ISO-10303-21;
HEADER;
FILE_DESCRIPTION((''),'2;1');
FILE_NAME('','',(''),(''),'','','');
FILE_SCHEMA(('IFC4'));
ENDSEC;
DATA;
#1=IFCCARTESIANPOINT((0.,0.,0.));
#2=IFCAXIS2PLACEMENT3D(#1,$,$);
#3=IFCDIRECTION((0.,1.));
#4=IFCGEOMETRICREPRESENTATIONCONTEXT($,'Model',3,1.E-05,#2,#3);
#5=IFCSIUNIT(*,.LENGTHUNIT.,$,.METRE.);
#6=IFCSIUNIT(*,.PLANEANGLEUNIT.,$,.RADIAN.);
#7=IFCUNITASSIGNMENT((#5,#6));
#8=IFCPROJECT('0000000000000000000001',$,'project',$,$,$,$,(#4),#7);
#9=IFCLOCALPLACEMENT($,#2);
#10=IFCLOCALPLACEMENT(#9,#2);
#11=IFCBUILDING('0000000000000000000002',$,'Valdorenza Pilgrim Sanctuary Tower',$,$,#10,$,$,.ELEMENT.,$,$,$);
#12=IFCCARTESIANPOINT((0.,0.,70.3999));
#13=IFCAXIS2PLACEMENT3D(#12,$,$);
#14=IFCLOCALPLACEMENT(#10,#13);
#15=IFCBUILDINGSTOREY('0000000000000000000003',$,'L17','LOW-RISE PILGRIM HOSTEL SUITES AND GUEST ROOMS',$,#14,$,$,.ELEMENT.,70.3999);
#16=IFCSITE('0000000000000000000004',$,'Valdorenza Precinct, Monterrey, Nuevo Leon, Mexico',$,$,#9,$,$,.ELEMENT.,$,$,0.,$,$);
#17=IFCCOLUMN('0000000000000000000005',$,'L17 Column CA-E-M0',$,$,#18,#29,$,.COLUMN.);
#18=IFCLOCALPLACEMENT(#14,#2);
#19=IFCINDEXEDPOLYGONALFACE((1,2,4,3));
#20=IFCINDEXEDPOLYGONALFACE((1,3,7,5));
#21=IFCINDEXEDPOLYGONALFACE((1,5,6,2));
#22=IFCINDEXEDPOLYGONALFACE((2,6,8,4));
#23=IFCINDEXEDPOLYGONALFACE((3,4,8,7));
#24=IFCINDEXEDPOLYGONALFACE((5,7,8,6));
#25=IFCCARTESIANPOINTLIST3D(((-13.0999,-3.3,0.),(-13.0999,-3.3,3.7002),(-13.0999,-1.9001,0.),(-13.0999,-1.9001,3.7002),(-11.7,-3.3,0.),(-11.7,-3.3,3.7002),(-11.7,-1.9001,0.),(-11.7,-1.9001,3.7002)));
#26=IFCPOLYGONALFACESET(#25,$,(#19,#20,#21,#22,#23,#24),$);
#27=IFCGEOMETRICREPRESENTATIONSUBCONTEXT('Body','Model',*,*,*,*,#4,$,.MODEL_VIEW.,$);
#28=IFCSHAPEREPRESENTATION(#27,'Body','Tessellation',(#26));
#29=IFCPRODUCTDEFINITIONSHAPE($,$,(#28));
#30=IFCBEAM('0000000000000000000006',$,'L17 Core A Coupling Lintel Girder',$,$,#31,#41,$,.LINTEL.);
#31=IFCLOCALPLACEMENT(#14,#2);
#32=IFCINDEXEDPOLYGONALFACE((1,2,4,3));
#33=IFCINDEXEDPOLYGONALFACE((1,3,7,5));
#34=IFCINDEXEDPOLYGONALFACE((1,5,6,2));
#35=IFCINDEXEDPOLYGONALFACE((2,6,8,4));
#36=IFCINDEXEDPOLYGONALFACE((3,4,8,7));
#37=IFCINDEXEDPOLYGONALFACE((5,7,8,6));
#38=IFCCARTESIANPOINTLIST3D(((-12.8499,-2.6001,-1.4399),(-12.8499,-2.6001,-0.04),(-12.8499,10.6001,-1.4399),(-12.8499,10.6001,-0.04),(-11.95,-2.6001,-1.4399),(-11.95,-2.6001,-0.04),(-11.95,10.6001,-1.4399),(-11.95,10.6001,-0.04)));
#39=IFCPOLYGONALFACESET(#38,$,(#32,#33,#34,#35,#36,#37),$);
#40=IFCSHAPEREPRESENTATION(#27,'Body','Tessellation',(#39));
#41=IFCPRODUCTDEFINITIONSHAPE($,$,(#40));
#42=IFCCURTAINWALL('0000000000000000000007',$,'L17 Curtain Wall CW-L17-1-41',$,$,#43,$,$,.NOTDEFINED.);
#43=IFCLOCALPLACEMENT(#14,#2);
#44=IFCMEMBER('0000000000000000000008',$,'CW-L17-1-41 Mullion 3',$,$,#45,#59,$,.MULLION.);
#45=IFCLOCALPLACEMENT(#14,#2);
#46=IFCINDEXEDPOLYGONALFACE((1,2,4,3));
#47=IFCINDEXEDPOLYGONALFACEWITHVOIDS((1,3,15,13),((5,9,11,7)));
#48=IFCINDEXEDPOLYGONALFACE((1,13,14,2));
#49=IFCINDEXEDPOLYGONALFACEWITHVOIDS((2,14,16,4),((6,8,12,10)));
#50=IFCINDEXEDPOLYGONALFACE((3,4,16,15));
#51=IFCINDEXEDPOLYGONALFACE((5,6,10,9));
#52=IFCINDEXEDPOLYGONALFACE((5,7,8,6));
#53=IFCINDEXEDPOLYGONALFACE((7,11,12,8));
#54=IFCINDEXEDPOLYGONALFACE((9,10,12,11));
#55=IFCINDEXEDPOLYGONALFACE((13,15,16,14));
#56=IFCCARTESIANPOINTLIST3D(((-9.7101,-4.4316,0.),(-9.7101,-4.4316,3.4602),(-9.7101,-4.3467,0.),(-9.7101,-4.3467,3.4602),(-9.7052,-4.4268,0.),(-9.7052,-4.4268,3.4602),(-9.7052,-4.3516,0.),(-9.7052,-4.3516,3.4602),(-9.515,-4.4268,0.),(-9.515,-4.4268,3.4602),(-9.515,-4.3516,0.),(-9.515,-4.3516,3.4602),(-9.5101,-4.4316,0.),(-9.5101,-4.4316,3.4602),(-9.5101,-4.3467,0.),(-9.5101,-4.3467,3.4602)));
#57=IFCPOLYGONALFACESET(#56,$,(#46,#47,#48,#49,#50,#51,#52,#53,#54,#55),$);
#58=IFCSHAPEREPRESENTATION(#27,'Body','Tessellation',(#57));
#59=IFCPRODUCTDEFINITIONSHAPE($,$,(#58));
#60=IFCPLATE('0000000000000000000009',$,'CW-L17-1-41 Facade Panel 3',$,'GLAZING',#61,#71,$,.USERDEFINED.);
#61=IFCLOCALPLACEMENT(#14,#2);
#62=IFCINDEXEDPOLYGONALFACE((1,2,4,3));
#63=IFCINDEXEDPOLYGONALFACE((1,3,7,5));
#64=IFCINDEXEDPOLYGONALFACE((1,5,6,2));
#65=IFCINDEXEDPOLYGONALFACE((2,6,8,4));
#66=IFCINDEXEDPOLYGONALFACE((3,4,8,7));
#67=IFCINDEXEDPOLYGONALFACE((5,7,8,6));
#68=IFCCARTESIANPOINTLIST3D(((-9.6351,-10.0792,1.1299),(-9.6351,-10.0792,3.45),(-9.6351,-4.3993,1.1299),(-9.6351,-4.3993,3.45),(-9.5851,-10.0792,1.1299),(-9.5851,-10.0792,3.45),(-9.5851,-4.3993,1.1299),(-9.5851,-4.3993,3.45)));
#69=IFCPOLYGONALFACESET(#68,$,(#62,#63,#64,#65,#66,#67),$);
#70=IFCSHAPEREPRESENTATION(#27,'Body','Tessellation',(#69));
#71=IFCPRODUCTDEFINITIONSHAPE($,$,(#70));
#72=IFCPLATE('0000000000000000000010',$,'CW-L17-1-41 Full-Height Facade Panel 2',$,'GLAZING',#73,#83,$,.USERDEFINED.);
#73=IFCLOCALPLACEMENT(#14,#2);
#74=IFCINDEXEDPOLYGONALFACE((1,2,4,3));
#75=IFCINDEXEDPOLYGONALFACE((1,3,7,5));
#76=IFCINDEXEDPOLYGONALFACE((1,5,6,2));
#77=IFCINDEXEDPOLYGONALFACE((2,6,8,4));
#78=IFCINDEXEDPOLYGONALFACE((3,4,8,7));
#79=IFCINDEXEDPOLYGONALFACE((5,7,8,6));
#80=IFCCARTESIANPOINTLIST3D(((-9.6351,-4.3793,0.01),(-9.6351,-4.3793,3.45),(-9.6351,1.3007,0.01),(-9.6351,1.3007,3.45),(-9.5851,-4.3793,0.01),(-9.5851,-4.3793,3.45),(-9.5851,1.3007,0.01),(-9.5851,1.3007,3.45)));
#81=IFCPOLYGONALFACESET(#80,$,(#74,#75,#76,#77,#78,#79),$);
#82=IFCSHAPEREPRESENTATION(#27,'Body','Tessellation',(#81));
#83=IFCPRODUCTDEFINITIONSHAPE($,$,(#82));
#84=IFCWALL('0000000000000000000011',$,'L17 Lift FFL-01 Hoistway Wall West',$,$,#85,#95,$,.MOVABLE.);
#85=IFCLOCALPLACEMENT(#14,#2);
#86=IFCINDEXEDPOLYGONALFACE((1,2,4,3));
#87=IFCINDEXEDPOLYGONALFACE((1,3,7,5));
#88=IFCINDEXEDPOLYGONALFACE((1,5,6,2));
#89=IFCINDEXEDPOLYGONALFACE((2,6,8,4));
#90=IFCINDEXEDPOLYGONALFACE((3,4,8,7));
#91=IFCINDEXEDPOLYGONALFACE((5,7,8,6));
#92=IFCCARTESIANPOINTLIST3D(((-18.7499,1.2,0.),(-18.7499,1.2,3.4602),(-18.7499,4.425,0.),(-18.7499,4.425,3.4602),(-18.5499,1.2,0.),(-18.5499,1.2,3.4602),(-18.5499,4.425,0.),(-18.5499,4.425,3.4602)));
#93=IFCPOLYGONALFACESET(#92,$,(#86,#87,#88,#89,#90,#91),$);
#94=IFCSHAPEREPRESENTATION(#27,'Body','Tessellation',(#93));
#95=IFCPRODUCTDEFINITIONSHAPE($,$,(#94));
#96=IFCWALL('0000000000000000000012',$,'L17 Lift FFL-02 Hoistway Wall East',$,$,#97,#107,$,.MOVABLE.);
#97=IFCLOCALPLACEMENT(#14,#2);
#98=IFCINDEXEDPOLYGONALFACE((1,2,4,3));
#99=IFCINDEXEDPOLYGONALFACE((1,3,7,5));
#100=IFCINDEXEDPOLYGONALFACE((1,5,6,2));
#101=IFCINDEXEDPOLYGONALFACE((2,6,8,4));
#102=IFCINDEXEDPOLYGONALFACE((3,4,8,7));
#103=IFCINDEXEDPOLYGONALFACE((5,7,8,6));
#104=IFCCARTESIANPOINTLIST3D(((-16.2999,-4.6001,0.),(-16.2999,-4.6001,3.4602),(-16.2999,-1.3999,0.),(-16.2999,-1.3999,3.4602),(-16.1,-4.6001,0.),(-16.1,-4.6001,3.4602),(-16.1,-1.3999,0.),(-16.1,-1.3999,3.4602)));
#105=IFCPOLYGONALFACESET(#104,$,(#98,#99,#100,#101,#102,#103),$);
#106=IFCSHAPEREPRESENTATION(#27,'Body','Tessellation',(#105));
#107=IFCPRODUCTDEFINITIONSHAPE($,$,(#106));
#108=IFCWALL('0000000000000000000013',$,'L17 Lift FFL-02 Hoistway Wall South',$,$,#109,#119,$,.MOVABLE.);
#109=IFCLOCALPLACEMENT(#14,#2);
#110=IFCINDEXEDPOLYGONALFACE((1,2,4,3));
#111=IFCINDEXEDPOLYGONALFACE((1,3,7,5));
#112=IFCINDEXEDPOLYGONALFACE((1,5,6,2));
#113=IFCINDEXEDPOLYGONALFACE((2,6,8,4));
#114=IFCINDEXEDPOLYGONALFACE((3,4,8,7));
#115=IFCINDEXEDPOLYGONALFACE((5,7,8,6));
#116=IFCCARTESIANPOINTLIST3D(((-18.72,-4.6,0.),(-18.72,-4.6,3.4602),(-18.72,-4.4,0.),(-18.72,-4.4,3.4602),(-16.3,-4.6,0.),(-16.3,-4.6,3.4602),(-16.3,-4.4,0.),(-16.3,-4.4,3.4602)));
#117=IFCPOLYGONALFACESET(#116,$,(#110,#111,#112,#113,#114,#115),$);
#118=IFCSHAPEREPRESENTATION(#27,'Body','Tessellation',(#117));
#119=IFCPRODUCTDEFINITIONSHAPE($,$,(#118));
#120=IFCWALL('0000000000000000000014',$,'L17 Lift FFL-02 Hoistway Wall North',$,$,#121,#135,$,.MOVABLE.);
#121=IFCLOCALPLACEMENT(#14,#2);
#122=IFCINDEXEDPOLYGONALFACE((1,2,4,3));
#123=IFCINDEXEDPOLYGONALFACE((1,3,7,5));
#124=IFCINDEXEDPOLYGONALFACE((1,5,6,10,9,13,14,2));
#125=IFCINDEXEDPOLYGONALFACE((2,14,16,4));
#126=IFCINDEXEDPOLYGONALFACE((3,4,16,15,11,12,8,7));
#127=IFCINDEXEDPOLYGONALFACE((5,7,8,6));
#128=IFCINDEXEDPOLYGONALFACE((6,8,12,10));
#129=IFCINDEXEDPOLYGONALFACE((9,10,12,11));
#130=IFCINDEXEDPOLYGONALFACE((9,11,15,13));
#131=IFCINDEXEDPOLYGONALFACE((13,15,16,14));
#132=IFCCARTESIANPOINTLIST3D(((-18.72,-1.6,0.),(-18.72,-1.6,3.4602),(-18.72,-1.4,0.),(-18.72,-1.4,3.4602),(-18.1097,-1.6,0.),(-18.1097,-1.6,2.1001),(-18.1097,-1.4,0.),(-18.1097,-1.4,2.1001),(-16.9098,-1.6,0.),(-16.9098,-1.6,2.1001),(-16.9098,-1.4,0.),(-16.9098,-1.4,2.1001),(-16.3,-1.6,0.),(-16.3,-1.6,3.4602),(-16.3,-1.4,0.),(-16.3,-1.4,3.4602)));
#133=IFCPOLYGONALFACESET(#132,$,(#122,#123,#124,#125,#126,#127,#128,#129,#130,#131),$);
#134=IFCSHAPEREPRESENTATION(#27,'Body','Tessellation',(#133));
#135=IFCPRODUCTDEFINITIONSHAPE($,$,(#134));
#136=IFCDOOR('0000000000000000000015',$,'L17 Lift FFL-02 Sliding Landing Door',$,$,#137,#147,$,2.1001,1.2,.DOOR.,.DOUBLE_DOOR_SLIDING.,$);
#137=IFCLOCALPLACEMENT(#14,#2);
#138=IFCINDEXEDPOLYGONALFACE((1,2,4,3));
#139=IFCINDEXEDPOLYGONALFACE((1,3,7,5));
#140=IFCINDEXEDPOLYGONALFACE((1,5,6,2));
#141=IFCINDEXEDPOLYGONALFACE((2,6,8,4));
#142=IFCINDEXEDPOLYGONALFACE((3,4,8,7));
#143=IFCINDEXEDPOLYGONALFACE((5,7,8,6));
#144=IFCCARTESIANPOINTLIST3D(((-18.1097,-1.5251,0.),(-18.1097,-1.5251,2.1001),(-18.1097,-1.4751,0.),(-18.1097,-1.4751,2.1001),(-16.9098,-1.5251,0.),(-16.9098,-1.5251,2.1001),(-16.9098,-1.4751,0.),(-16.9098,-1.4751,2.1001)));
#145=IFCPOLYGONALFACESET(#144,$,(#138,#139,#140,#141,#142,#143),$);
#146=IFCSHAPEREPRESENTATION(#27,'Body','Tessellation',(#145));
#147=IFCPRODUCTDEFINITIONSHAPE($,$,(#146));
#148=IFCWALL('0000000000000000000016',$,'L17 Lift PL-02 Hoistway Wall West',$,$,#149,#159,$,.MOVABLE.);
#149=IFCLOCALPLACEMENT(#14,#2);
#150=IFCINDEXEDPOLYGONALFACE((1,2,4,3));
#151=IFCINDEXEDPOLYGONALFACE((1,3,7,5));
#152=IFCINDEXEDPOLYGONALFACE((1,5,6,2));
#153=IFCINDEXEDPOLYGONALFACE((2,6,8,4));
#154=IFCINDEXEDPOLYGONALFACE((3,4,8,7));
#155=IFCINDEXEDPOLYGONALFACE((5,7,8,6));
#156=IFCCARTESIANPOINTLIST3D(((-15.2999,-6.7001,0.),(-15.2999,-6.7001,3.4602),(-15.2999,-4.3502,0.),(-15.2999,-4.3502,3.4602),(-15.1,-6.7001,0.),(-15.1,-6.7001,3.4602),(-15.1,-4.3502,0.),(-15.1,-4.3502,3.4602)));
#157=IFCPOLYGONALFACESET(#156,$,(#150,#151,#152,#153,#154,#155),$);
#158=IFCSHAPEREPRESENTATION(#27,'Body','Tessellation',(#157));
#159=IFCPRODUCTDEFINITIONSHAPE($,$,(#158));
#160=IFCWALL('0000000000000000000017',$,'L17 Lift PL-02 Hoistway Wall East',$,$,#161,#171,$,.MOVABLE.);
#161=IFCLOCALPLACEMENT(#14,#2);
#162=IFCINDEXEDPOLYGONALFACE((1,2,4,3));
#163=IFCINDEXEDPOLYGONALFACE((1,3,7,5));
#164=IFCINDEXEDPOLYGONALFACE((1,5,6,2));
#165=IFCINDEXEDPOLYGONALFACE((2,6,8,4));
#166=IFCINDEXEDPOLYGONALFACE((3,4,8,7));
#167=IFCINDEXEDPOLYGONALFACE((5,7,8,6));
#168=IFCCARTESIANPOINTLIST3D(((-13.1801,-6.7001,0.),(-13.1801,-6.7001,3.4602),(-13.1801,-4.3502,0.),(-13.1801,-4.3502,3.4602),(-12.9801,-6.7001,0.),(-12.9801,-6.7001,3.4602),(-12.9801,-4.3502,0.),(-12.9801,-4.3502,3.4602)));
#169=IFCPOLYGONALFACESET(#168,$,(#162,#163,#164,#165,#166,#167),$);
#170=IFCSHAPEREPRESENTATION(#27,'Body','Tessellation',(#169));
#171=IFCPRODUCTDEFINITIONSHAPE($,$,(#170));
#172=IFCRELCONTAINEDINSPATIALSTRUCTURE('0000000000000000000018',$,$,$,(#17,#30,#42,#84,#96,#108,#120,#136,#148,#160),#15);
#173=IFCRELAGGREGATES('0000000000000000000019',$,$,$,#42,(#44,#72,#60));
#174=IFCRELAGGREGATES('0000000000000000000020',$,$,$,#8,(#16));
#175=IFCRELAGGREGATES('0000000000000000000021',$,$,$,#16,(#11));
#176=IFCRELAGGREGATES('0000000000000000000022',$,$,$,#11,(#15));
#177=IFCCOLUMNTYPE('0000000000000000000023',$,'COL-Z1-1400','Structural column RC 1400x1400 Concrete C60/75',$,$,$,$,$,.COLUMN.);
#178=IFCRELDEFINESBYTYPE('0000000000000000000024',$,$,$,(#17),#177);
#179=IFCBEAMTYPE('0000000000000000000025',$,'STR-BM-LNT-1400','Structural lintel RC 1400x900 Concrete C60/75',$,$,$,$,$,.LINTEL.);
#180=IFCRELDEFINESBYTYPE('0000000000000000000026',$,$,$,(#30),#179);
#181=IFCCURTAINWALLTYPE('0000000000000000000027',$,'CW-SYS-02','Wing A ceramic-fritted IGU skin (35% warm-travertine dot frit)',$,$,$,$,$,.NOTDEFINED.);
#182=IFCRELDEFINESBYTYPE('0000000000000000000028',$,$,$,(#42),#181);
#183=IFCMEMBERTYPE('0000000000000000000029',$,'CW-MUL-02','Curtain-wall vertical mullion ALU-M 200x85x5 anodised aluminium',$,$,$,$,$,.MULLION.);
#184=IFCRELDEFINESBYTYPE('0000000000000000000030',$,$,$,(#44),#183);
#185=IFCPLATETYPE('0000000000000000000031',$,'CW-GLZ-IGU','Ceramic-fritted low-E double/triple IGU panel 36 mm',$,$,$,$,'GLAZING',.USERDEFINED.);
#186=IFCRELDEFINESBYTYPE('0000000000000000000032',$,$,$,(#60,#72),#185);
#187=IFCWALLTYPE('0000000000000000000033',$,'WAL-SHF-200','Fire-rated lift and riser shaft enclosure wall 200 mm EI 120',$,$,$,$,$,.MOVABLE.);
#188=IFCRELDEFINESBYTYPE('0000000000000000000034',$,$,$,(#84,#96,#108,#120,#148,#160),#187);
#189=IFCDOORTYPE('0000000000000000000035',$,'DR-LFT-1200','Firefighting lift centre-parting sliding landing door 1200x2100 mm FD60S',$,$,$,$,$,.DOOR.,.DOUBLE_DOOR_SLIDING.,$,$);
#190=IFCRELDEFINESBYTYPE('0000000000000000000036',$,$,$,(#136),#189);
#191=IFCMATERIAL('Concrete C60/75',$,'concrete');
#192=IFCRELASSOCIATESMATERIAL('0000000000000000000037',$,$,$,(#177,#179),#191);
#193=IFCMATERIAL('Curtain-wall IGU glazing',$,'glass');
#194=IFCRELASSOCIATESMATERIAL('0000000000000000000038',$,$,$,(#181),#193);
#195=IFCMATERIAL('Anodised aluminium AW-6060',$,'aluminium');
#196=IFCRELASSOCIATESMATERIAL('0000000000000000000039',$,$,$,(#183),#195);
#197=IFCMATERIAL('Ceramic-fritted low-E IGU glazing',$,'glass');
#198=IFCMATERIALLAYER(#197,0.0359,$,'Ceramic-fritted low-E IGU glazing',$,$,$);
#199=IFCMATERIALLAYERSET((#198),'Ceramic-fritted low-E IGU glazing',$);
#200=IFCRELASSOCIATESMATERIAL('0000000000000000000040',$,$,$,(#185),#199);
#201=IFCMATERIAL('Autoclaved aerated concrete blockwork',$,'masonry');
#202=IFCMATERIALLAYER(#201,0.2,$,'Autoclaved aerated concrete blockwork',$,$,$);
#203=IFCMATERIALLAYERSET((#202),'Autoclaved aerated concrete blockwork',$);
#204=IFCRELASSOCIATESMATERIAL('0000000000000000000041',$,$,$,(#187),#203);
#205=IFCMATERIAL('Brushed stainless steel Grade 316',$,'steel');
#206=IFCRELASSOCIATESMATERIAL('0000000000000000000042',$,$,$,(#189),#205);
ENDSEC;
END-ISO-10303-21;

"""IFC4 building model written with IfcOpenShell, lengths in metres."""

from ifc_helpers import new_model, si_unit, direction, frame, frame_2d, origin, origin_2d, place, context, subcontext, project, spatial, rectangle, hollow_rectangle, extrude, source, transform, mapped, material, layer, layer_set, material_profile, profile_set, type_object, element, fill, aggregate, save


model = new_model("IFC4")

# Units and contexts
model_context = context("Model", 3, precision=1e-05, world=origin(), true_north=direction((0.0, 1.0)))
body_context = subcontext(model_context, "Body", "Model", "MODEL_VIEW")
ifc_project = project(units=[si_unit("LENGTHUNIT", "METRE"), si_unit("PLANEANGLEUNIT", "RADIAN")], contexts=[model_context])

# Site, building, storey
site_placement = place(None, origin())
site = spatial("IfcSite", under=ifc_project, at=site_placement, Name="Valdorenza Precinct, Monterrey, Nuevo Leon, Mexico", CompositionType="ELEMENT", RefElevation=0.0)
building_placement = place(site_placement, origin())
building = spatial("IfcBuilding", under=site, at=building_placement, Name="Valdorenza Pilgrim Sanctuary Tower", CompositionType="ELEMENT")
storey_placement = place(building_placement, frame((0.0, 0.0, 70.3999)))
storey = spatial("IfcBuildingStorey", under=building, at=storey_placement, Name="L17", Description="LOW-RISE PILGRIM HOSTEL SUITES AND GUEST ROOMS", CompositionType="ELEMENT", Elevation=70.3999)

# Column
ifc_material_1 = material(Name="Concrete C60/75", Category="concrete")
ifc_material_profile_1 = material_profile(ifc_material_1, rectangle(XDim=1.3999, YDim=1.3999, at=origin_2d()), Name="RC 1400x1400")
ifc_profile_set_1 = profile_set([ifc_material_profile_1], Name="Concrete C60/75")
column_type = type_object("IfcColumnType", Name="COL-Z1-1400", Description="Structural column RC 1400x1400 Concrete C60/75", PredefinedType="COLUMN", material=ifc_profile_set_1)
shared_shape_1 = source(origin(), body_context, "Body", "SweptSolid", [
    extrude(rectangle(XDim=1.3999, YDim=1.3999, at=origin_2d()), origin(), (0.0, 0.0, 1.0), 3.7002),
])
column_placement = place(storey_placement, frame((-12.3999, -2.6001, 0.0), z_axis=(0.0, 0.0, 1.0), x_axis=(1.0, 0.0, 0.0)))
element("IfcColumn", 1, at=column_placement, inside=storey, type_object=column_type, Name="L17 Column CA-E-M0", PredefinedType="COLUMN", context=body_context, shape_type="MappedRepresentation", body=[
    mapped(shared_shape_1, transform((0.0, 0.0, 0.0), x_axis=(1.0, 0.0, 0.0), y_axis=(0.0, 1.0, 0.0), z_axis=(0.0, 0.0, 1.0), scale=1.0)),
])

# Beam
ifc_material_profile_2 = material_profile(ifc_material_1, rectangle(XDim=0.8999, YDim=1.3999, at=origin_2d()), Name="RC 1400x900")
ifc_profile_set_2 = profile_set([ifc_material_profile_2], Name="Concrete C60/75")
beam_type = type_object("IfcBeamType", Name="STR-BM-LNT-1400", Description="Structural lintel RC 1400x900 Concrete C60/75", PredefinedType="LINTEL", material=ifc_profile_set_2)
shared_shape_2 = source(origin(), body_context, "Body", "SweptSolid", [
    extrude(rectangle(XDim=0.8999, YDim=1.3999, at=origin_2d()), origin(), (0.0, 0.0, 1.0), 13.2002),
])
beam_placement = place(storey_placement, frame((-12.3999, -2.6001, -0.74), z_axis=(0.0, 1.0, 0.0), x_axis=(-1.0, 0.0, 0.0)))
element("IfcBeam", 2, at=beam_placement, inside=storey, type_object=beam_type, Name="L17 Core A Coupling Lintel Girder", PredefinedType="LINTEL", context=body_context, shape_type="MappedRepresentation", body=[
    mapped(shared_shape_2, transform((0.0, 0.0, 0.0), x_axis=(1.0, 0.0, 0.0), y_axis=(0.0, 1.0, 0.0), z_axis=(0.0, 0.0, 1.0), scale=1.0)),
])

# Curtain wall, member, plates
ifc_material_2 = material(Name="Curtain-wall IGU glazing", Category="glass")
curtain_wall_type = type_object("IfcCurtainWallType", Name="CW-SYS-02", Description="Wing A ceramic-fritted IGU skin (35% warm-travertine dot frit)", PredefinedType="NOTDEFINED", material=ifc_material_2)
curtain_wall_placement = place(storey_placement, origin())
curtain_wall = element("IfcCurtainWall", 3, at=curtain_wall_placement, inside=storey, type_object=curtain_wall_type, Name="L17 Curtain Wall CW-L17-1-41", PredefinedType="NOTDEFINED")
ifc_material_3 = material(Name="Anodised aluminium AW-6060", Category="aluminium")
ifc_material_profile_3 = material_profile(ifc_material_3, hollow_rectangle(XDim=0.085, YDim=0.2, WallThickness=0.0049, at=origin_2d()), Name="ALU-M 200x85x5")
ifc_profile_set_3 = profile_set([ifc_material_profile_3], Name="Anodised aluminium AW-6060")
member_type = type_object("IfcMemberType", Name="CW-MUL-02", Description="Curtain-wall vertical mullion ALU-M 200x85x5 anodised aluminium", PredefinedType="MULLION", material=ifc_profile_set_3)
shared_shape_3 = source(origin(), body_context, "Body", "SweptSolid", [
    extrude(hollow_rectangle(XDim=0.085, YDim=0.2, WallThickness=0.0049, at=origin_2d()), origin(), (0.0, 0.0, 1.0), 3.4602),
])
member_placement = place(storey_placement, frame((-9.6101, -4.3892, 0.0), z_axis=(0.0, 0.0, 1.0), x_axis=(0.0, -1.0, 0.0)))
member = element("IfcMember", 4, at=member_placement, type_object=member_type, Name="CW-L17-1-41 Mullion 3", PredefinedType="MULLION", context=body_context, shape_type="MappedRepresentation", body=[
    mapped(shared_shape_3, transform((0.0, 0.0, 0.0), x_axis=(1.0, 0.0, 0.0), y_axis=(0.0, 1.0, 0.0), z_axis=(0.0, 0.0, 1.0), scale=1.0)),
])
ifc_material_4 = material(Name="Ceramic-fritted low-E IGU glazing", Category="glass")
ifc_layer_1 = layer(ifc_material_4, 0.0359, Name="Ceramic-fritted low-E IGU glazing")
ifc_layer_set_1 = layer_set([ifc_layer_1], Name="Ceramic-fritted low-E IGU glazing")
plate_type = type_object("IfcPlateType", Name="CW-GLZ-IGU", Description="Ceramic-fritted low-E double/triple IGU panel 36 mm", ElementType="GLAZING", PredefinedType="USERDEFINED", material=ifc_layer_set_1)
shared_shape_4 = source(origin(), body_context, "Body", "SweptSolid", [
    extrude(rectangle(XDim=5.6799, YDim=0.05, at=origin_2d()), origin(), (0.0, 0.0, 1.0), 2.3201),
])
plate_1_placement = place(storey_placement, frame((-9.6101, -7.2393, 1.1299), z_axis=(0.0, 0.0, 1.0), x_axis=(0.0, -1.0, 0.0)))
plate_1 = element("IfcPlate", 5, at=plate_1_placement, type_object=plate_type, Name="CW-L17-1-41 Facade Panel 3", ObjectType="GLAZING", PredefinedType="USERDEFINED", context=body_context, shape_type="MappedRepresentation", body=[
    mapped(shared_shape_4, transform((0.0, 0.0, 0.0), x_axis=(1.0, 0.0, 0.0), y_axis=(0.0, 1.0, 0.0), z_axis=(0.0, 0.0, 1.0), scale=1.0)),
])
shared_shape_5 = source(origin(), body_context, "Body", "SweptSolid", [
    extrude(rectangle(XDim=5.6799, YDim=0.05, at=origin_2d()), origin(), (0.0, 0.0, 1.0), 3.4399),
])
plate_2_placement = place(storey_placement, frame((-9.6101, -1.5393, 0.01), z_axis=(0.0, 0.0, 1.0), x_axis=(0.0, -1.0, 0.0)))
plate_2 = element("IfcPlate", 6, at=plate_2_placement, type_object=plate_type, Name="CW-L17-1-41 Full-Height Facade Panel 2", ObjectType="GLAZING", PredefinedType="USERDEFINED", context=body_context, shape_type="MappedRepresentation", body=[
    mapped(shared_shape_5, transform((0.0, 0.0, 0.0), x_axis=(1.0, 0.0, 0.0), y_axis=(0.0, 1.0, 0.0), z_axis=(0.0, 0.0, 1.0), scale=1.0)),
])
aggregate(curtain_wall, [member, plate_2, plate_1])

# Walls
ifc_material_5 = material(Name="Autoclaved aerated concrete blockwork", Category="masonry")
ifc_layer_2 = layer(ifc_material_5, 0.2, Name="Autoclaved aerated concrete blockwork")
ifc_layer_set_2 = layer_set([ifc_layer_2], Name="Autoclaved aerated concrete blockwork")
wall_type_1 = type_object("IfcWallType", Name="WAL-SHF-200", Description="Fire-rated lift and riser shaft enclosure wall 200 mm EI 120", PredefinedType="MOVABLE", material=ifc_layer_set_2)
wall_1_placement = place(storey_placement, frame((-18.6499, 1.2, 0.0), z_axis=(0.0, 0.0, 1.0), x_axis=(0.0, 1.0, 0.0)))
element("IfcWall", 7, at=wall_1_placement, inside=storey, type_object=wall_type_1, Name="L17 Lift FFL-01 Hoistway Wall West", PredefinedType="MOVABLE", context=body_context, shape_type="SweptSolid", body=[
    extrude(rectangle(XDim=3.2251, YDim=0.2, at=frame_2d((1.6125, 0.0))), origin(), (0.0, 0.0, 1.0), 3.4602),
])
wall_2_placement = place(storey_placement, frame((-16.2, -4.6001, 0.0), z_axis=(0.0, 0.0, 1.0), x_axis=(0.0, 1.0, 0.0)))
element("IfcWall", 8, at=wall_2_placement, inside=storey, type_object=wall_type_1, Name="L17 Lift FFL-02 Hoistway Wall East", PredefinedType="MOVABLE", context=body_context, shape_type="SweptSolid", body=[
    extrude(rectangle(XDim=3.2002, YDim=0.2, at=frame_2d((1.6001, 0.0))), origin(), (0.0, 0.0, 1.0), 3.4602),
])
wall_3_placement = place(storey_placement, frame((-18.72, -4.5, 0.0), z_axis=(0.0, 0.0, 1.0), x_axis=(1.0, 0.0, 0.0)))
element("IfcWall", 9, at=wall_3_placement, inside=storey, type_object=wall_type_1, Name="L17 Lift FFL-02 Hoistway Wall South", PredefinedType="MOVABLE", context=body_context, shape_type="SweptSolid", body=[
    extrude(rectangle(XDim=2.4199, YDim=0.2, at=frame_2d((1.21, 0.0))), origin(), (0.0, 0.0, 1.0), 3.4602),
])

# Wall, opening, door
wall_4_placement = place(storey_placement, frame((-18.72, -1.5, 0.0), z_axis=(0.0, 0.0, 1.0), x_axis=(1.0, 0.0, 0.0)))
wall_4 = element("IfcWall", 10, at=wall_4_placement, inside=storey, type_object=wall_type_1, Name="L17 Lift FFL-02 Hoistway Wall North", PredefinedType="MOVABLE", context=body_context, shape_type="SweptSolid", body=[
    extrude(rectangle(XDim=2.4199, YDim=0.2, at=frame_2d((1.21, 0.0))), origin(), (0.0, 0.0, 1.0), 3.4602),
])
opening_1_placement = place(wall_4_placement, frame((0.6101, 0.0, 0.0)))
opening_1 = element("IfcOpeningElement", 11, at=opening_1_placement, cuts=wall_4, PredefinedType="OPENING", context=body_context, shape_type="SweptSolid", body=[
    extrude(rectangle(XDim=1.2, YDim=2.1001, at=frame_2d((0.6001, 1.05))), frame((0.0, 0.1147, 0.0), z_axis=(0.0, -1.0, 0.0), x_axis=(1.0, 0.0, 0.0)), (0.0, 0.0, 1.0), 0.2297),
])
ifc_material_6 = material(Name="Brushed stainless steel Grade 316", Category="steel")
door_type_1 = type_object("IfcDoorType", Name="DR-LFT-1200", Description="Firefighting lift centre-parting sliding landing door 1200x2100 mm FD60S", OperationType="DOUBLE_DOOR_SLIDING", PredefinedType="DOOR", material=ifc_material_6)
door_1_placement = place(opening_1_placement, origin())
door_1 = element("IfcDoor", 12, at=door_1_placement, inside=storey, type_object=door_type_1, Name="L17 Lift FFL-02 Sliding Landing Door", OperationType="DOUBLE_DOOR_SLIDING", OverallHeight=2.1001, OverallWidth=1.2, PredefinedType="DOOR", context=body_context, shape_type="SweptSolid", body=[
    extrude(rectangle(XDim=1.2, YDim=2.1001, at=frame_2d((0.6001, 1.05))), frame((0.0, 0.0249, 0.0), z_axis=(0.0, -1.0, 0.0), x_axis=(1.0, 0.0, 0.0)), (0.0, 0.0, 1.0), 0.05),
])
fill(opening_1, door_1)

# Walls
for number, where, z_axis, x_axis, name in (
    (13, (-15.2, -6.7, 0.0), (0.0, 0.0, 1.0), (0.0, 1.0, 0.0), "L17 Lift PL-02 Hoistway Wall West"),
    (14, (-13.0801, -6.7, 0.0), (0.0, 0.0, 1.0), (0.0, 1.0, 0.0), "L17 Lift PL-02 Hoistway Wall East"),
):
    element("IfcWall", number, at=place(storey_placement, frame(where, z_axis=z_axis, x_axis=x_axis)), inside=storey, type_object=wall_type_1, Name=name, PredefinedType="MOVABLE", context=body_context, shape_type="SweptSolid", body=[
        extrude(rectangle(XDim=2.3499, YDim=0.2, at=frame_2d((1.1748, 0.0))), origin(), (0.0, 0.0, 1.0), 3.4602),
    ])

save(model, "model.ifc")
